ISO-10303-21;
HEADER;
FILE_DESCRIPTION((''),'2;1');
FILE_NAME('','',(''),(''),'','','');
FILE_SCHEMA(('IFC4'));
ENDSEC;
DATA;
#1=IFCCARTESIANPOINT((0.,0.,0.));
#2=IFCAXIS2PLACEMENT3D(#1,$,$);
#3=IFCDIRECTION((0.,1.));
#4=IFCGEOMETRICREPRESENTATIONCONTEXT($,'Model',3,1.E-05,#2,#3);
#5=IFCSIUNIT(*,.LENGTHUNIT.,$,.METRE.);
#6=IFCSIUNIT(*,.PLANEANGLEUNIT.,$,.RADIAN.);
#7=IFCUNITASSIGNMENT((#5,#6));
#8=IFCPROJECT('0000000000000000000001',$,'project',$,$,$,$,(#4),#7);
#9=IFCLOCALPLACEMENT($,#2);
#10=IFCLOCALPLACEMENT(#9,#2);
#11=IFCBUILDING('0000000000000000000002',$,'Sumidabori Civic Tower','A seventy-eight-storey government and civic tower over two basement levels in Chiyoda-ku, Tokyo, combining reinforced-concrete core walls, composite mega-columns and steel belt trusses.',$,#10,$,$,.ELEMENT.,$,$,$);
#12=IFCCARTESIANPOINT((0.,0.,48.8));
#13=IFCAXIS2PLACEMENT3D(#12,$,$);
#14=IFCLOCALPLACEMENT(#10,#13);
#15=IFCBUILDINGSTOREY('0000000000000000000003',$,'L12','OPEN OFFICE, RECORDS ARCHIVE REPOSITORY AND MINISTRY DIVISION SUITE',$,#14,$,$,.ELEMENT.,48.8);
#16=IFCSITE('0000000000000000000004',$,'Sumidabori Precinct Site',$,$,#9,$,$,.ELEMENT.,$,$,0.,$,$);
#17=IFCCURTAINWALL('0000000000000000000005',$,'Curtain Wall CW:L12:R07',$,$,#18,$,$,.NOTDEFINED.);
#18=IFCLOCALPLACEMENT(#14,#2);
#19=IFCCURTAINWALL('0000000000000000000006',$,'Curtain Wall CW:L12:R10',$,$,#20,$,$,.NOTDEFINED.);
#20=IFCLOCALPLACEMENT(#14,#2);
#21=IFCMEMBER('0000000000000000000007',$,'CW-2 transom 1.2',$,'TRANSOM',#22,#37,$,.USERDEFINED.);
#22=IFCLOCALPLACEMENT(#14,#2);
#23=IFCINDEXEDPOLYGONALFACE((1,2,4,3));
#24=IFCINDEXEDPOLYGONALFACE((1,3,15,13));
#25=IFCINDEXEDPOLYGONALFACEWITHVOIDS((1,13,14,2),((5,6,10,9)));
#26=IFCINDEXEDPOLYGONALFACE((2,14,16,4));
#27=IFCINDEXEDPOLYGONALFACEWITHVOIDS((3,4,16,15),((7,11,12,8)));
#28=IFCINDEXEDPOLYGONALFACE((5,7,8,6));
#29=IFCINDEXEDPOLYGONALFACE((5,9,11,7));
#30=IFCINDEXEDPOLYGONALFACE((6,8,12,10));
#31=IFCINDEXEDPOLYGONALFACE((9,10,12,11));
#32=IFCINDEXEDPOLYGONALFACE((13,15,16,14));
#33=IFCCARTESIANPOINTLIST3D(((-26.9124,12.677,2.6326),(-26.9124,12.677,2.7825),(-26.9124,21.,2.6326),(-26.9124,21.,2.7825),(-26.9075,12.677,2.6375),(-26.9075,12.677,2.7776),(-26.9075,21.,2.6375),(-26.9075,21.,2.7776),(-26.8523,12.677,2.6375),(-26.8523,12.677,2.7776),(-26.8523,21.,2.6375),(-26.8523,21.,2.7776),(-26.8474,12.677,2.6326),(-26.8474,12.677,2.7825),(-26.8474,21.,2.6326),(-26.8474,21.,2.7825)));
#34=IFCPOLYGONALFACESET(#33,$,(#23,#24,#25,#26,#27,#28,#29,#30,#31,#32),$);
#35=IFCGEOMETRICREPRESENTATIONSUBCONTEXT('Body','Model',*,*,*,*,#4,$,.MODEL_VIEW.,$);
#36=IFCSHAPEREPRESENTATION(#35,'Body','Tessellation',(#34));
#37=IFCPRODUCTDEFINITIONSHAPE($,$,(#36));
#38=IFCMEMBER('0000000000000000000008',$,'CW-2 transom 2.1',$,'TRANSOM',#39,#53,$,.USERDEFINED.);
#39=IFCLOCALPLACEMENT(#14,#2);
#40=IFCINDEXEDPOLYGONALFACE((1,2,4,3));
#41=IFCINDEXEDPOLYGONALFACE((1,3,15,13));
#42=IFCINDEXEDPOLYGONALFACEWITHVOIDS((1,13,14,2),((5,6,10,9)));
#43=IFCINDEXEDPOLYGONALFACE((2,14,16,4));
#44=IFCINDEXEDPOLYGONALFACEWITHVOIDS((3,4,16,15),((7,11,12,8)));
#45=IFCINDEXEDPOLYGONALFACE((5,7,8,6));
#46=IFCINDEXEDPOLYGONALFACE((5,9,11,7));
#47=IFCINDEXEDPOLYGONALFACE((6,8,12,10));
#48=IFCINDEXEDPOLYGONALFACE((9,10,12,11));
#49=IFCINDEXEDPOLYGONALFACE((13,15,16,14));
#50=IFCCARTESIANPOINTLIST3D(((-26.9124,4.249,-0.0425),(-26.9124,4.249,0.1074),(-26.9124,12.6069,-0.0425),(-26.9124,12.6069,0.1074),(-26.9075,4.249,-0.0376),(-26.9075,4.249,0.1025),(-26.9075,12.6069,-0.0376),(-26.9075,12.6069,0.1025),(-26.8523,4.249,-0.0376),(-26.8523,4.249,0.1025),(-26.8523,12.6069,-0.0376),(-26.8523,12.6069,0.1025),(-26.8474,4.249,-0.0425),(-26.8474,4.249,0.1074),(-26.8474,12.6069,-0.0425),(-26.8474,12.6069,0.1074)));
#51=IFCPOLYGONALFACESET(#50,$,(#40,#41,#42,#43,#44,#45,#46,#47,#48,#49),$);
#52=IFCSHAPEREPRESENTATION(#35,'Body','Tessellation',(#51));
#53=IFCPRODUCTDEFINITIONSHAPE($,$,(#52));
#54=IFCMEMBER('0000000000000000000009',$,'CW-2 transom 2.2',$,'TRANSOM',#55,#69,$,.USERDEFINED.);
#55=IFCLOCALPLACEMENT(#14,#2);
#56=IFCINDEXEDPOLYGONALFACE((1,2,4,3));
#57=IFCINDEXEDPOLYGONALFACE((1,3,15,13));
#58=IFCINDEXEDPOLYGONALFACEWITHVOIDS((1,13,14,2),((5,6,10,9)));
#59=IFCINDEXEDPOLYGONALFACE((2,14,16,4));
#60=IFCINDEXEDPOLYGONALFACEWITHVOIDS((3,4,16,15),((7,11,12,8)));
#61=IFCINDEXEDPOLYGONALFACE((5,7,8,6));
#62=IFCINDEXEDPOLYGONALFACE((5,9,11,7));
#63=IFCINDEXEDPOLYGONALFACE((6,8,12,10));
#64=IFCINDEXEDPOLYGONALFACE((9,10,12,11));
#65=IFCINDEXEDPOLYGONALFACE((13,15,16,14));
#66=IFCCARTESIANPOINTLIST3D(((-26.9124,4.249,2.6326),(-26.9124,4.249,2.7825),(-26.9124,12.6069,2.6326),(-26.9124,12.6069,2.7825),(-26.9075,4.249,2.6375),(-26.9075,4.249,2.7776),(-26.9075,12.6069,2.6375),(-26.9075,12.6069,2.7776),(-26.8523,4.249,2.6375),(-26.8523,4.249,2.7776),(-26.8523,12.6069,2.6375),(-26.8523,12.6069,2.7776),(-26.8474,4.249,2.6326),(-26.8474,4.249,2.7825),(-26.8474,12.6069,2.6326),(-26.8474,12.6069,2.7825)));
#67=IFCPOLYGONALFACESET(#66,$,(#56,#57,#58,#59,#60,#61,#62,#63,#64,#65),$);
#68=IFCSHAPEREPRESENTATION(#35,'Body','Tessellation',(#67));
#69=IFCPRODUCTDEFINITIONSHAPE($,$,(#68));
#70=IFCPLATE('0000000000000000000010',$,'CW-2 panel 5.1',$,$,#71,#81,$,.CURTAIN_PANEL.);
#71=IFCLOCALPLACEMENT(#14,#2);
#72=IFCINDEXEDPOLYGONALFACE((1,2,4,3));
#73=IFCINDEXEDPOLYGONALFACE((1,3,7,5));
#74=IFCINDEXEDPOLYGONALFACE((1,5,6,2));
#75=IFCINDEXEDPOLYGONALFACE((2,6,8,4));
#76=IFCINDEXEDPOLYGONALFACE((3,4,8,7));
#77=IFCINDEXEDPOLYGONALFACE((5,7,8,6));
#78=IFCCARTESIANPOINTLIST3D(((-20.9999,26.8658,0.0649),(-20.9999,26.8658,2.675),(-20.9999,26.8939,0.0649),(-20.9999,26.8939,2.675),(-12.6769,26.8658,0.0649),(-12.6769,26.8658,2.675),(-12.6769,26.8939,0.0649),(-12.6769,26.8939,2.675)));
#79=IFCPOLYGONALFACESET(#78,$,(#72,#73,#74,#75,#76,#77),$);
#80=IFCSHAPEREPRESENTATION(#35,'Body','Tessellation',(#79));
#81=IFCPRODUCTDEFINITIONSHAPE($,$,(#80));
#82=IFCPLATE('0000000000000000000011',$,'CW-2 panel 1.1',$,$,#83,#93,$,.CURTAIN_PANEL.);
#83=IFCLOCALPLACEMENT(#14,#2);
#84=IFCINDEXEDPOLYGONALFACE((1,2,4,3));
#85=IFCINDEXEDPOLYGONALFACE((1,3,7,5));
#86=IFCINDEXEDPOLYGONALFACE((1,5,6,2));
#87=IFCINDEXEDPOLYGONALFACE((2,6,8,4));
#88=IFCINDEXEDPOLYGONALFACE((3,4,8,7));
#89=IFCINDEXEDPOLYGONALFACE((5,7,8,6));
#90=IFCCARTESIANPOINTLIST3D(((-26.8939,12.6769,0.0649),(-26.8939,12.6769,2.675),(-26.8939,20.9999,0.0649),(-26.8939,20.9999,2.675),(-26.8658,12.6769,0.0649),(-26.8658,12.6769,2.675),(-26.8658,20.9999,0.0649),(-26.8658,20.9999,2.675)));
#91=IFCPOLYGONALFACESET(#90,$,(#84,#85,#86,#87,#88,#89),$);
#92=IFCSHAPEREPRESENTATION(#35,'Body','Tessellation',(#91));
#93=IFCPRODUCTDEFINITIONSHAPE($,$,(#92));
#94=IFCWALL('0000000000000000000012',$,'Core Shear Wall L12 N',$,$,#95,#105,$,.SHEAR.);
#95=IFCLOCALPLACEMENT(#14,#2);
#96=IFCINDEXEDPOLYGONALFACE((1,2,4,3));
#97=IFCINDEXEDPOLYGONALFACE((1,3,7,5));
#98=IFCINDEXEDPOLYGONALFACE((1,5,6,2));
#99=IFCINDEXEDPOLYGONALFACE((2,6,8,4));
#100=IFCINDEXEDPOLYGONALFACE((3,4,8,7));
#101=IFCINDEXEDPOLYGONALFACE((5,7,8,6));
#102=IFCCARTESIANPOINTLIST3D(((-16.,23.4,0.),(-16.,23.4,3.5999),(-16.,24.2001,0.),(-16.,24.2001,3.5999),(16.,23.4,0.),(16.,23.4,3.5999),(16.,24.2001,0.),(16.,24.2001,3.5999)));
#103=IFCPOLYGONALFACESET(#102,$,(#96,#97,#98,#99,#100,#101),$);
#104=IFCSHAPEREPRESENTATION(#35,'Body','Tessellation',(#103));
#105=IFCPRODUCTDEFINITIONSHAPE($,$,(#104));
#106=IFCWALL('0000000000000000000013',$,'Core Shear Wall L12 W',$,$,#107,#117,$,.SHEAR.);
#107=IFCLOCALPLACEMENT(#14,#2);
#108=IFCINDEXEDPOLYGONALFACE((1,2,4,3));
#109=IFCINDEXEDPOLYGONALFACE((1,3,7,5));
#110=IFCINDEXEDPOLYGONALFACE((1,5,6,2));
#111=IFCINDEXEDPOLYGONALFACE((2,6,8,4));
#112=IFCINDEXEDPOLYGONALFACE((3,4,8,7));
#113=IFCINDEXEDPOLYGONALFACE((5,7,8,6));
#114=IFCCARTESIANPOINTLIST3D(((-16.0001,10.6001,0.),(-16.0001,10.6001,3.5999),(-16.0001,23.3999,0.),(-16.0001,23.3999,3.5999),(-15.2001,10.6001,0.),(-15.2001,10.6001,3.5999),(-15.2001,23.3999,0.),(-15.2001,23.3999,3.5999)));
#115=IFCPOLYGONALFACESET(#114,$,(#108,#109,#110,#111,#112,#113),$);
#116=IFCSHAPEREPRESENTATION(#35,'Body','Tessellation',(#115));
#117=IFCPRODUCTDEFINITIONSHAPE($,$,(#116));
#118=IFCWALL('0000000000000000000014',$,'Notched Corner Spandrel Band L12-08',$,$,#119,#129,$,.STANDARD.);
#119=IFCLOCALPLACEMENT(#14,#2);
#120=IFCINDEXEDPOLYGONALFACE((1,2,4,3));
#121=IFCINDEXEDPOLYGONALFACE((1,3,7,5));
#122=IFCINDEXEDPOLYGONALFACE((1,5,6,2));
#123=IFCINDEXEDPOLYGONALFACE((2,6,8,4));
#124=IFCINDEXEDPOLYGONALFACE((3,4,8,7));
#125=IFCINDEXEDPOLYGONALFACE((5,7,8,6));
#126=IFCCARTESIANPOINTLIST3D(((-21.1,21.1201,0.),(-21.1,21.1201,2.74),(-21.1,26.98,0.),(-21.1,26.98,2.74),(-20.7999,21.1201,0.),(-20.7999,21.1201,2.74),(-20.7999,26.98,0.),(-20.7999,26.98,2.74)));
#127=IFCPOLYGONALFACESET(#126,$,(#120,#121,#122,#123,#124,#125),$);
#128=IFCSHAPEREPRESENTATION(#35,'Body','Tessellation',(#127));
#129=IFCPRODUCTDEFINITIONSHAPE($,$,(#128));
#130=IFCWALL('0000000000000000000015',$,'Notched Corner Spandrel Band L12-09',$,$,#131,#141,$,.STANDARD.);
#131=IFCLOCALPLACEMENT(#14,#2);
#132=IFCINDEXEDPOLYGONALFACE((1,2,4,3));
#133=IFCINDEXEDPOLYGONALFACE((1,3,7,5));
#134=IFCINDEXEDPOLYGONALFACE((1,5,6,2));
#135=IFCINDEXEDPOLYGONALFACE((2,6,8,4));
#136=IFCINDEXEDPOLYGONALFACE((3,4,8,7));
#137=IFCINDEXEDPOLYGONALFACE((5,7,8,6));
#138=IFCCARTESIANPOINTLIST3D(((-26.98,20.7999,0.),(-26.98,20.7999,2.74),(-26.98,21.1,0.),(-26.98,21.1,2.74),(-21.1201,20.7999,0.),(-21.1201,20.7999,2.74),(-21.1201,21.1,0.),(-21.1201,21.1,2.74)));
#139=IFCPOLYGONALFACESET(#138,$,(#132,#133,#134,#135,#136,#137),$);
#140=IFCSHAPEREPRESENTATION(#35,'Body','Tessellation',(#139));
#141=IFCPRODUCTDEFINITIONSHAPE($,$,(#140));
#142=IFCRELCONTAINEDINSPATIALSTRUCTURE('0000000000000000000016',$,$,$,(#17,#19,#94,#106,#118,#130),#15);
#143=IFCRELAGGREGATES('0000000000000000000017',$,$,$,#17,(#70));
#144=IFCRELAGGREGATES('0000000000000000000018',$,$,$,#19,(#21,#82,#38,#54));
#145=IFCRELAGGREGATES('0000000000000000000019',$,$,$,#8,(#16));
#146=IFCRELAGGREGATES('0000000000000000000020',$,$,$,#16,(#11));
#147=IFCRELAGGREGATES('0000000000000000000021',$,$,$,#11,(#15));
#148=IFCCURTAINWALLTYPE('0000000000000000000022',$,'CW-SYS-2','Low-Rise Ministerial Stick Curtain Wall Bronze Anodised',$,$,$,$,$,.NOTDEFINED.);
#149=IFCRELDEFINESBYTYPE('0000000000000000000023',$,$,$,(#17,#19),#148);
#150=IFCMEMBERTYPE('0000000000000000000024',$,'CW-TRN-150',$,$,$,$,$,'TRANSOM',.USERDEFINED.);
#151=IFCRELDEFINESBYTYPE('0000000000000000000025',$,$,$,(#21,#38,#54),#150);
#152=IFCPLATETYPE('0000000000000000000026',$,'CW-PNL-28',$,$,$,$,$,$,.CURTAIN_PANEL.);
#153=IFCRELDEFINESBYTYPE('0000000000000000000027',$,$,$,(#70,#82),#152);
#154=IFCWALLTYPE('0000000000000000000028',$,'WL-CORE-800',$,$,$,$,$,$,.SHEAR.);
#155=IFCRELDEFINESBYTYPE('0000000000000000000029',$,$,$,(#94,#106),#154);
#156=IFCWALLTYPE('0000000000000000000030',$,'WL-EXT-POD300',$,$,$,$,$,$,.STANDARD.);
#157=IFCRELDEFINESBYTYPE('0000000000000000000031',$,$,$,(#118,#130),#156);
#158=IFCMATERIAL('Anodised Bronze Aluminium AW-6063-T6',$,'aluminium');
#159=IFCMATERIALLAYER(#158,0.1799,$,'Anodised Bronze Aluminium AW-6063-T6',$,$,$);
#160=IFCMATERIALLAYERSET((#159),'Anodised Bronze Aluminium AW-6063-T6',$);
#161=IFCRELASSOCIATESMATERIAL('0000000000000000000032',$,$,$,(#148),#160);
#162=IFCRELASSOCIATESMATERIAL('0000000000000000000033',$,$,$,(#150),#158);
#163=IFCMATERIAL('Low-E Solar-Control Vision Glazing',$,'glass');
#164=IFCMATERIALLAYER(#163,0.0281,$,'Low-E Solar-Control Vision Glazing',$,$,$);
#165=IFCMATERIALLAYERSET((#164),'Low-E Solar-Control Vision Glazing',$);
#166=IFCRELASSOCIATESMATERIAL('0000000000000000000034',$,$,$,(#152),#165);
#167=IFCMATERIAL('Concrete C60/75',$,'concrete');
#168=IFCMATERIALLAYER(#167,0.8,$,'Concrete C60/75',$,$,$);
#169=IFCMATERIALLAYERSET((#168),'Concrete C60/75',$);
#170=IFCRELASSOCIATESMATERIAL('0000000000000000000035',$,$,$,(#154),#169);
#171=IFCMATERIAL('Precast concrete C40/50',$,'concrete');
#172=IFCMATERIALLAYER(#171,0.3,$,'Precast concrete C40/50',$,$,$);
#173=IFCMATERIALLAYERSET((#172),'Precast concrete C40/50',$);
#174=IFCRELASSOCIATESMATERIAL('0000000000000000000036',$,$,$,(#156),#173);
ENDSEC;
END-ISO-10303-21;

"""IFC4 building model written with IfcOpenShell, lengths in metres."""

from ifc_helpers import new_model, si_unit, direction, frame, frame_2d, origin, origin_2d, place, context, subcontext, project, spatial, rectangle, hollow_rectangle, extrude, source, transform, mapped, material, layer, layer_set, material_profile, profile_set, type_object, element, aggregate, save


model = new_model("IFC4")

# Units and contexts
model_context = context("Model", 3, precision=1e-05, world=origin(), true_north=direction((0.0, 1.0)))
body_context = subcontext(model_context, "Body", "Model", "MODEL_VIEW")
ifc_project = project(units=[si_unit("LENGTHUNIT", "METRE"), si_unit("PLANEANGLEUNIT", "RADIAN")], contexts=[model_context])

# Site, building, storey
site_placement = place(None, origin())
site = spatial("IfcSite", under=ifc_project, at=site_placement, Name="Sumidabori Precinct Site", CompositionType="ELEMENT", RefElevation=0.0)
building_placement = place(site_placement, origin())
building = spatial("IfcBuilding", under=site, at=building_placement, Name="Sumidabori Civic Tower", Description="A seventy-eight-storey government and civic tower over two basement levels in Chiyoda-ku, Tokyo, combining reinforced-concrete core walls, composite mega-columns and steel belt trusses.", CompositionType="ELEMENT")
storey_placement = place(building_placement, frame((0.0, 0.0, 48.8)))
storey = spatial("IfcBuildingStorey", under=building, at=storey_placement, Name="L12", Description="OPEN OFFICE, RECORDS ARCHIVE REPOSITORY AND MINISTRY DIVISION SUITE", CompositionType="ELEMENT", Elevation=48.8)

# Shared definitions
ifc_material_1 = material(Name="Concrete C60/75", Category="concrete")

# Curtain wall
ifc_material_2 = material(Name="Anodised Bronze Aluminium AW-6063-T6", Category="aluminium")
ifc_layer_1 = layer(ifc_material_2, 0.1799, Name="Anodised Bronze Aluminium AW-6063-T6")
ifc_layer_set_1 = layer_set([ifc_layer_1], Name="Anodised Bronze Aluminium AW-6063-T6")
curtain_wall_type = type_object("IfcCurtainWallType", Name="CW-SYS-2", Description="Low-Rise Ministerial Stick Curtain Wall Bronze Anodised", PredefinedType="NOTDEFINED", material=ifc_layer_set_1)
curtain_wall_1_placement = place(storey_placement, origin())
curtain_wall_1 = element("IfcCurtainWall", 1, at=curtain_wall_1_placement, inside=storey, type_object=curtain_wall_type, Name="Curtain Wall CW:L12:R07", PredefinedType="NOTDEFINED")

# Curtain wall, members
curtain_wall_2_placement = place(storey_placement, origin())
curtain_wall_2 = element("IfcCurtainWall", 2, at=curtain_wall_2_placement, inside=storey, type_object=curtain_wall_type, Name="Curtain Wall CW:L12:R10", PredefinedType="NOTDEFINED")
ifc_material_profile_1 = material_profile(ifc_material_2, hollow_rectangle(XDim=0.0649, YDim=0.1499, WallThickness=0.0049, at=origin_2d()), Name="ALU TRANSOM 150x65")
ifc_profile_set_1 = profile_set([ifc_material_profile_1], Name="Anodised Bronze Aluminium AW-6063-T6")
member_type_1 = type_object("IfcMemberType", Name="CW-TRN-150", ElementType="TRANSOM", PredefinedType="USERDEFINED", material=ifc_profile_set_1)
shared_shape_1 = source(origin(), body_context, "Body", "SweptSolid", [
    extrude(hollow_rectangle(XDim=0.0649, YDim=0.1499, WallThickness=0.0049, at=origin_2d()), origin(), (0.0, 0.0, 1.0), 8.323),
])
member_1_placement = place(storey_placement, frame((-26.8799, 21.0, 2.7075), z_axis=(0.0, -1.0, 0.0), x_axis=(1.0, 0.0, 0.0)))
member_1 = element("IfcMember", 3, at=member_1_placement, type_object=member_type_1, Name="CW-2 transom 1.2", ObjectType="TRANSOM", PredefinedType="USERDEFINED", context=body_context, shape_type="MappedRepresentation", body=[
    mapped(shared_shape_1, transform((0.0, 0.0, 0.0), x_axis=(1.0, 0.0, 0.0), y_axis=(0.0, 1.0, 0.0), z_axis=(0.0, 0.0, 1.0), scale=1.0)),
])
shared_shape_2 = source(origin(), body_context, "Body", "SweptSolid", [
    extrude(hollow_rectangle(XDim=0.0649, YDim=0.1499, WallThickness=0.0049, at=origin_2d()), origin(), (0.0, 0.0, 1.0), 8.3579),
])
member_2_placement = place(storey_placement, frame((-26.8799, 12.6069, 0.0325), z_axis=(0.0, -1.0, 0.0), x_axis=(1.0, 0.0, 0.0)))
member_2 = element("IfcMember", 4, at=member_2_placement, type_object=member_type_1, Name="CW-2 transom 2.1", ObjectType="TRANSOM", PredefinedType="USERDEFINED", context=body_context, shape_type="MappedRepresentation", body=[
    mapped(shared_shape_2, transform((0.0, 0.0, 0.0), x_axis=(1.0, 0.0, 0.0), y_axis=(0.0, 1.0, 0.0), z_axis=(0.0, 0.0, 1.0), scale=1.0)),
])
member_3_placement = place(storey_placement, frame((-26.8799, 12.6069, 2.7075), z_axis=(0.0, -1.0, 0.0), x_axis=(1.0, 0.0, 0.0)))
member_3 = element("IfcMember", 5, at=member_3_placement, type_object=member_type_1, Name="CW-2 transom 2.2", ObjectType="TRANSOM", PredefinedType="USERDEFINED", context=body_context, shape_type="MappedRepresentation", body=[
    mapped(shared_shape_2, transform((0.0, 0.0, 0.0), x_axis=(1.0, 0.0, 0.0), y_axis=(0.0, 1.0, 0.0), z_axis=(0.0, 0.0, 1.0), scale=1.0)),
])

# Plates
ifc_material_3 = material(Name="Low-E Solar-Control Vision Glazing", Category="glass")
ifc_layer_2 = layer(ifc_material_3, 0.0281, Name="Low-E Solar-Control Vision Glazing")
ifc_layer_set_2 = layer_set([ifc_layer_2], Name="Low-E Solar-Control Vision Glazing")
plate_type = type_object("IfcPlateType", Name="CW-PNL-28", PredefinedType="CURTAIN_PANEL", material=ifc_layer_set_2)
shared_shape_3 = source(origin(), body_context, "Body", "SweptSolid", [
    extrude(rectangle(XDim=8.323, YDim=0.0281, at=origin_2d()), origin(), (0.0, 0.0, 1.0), 2.6101),
])
plate_1_placement = place(storey_placement, frame((-16.8384, 26.8799, 0.0649), z_axis=(0.0, 0.0, 1.0), x_axis=(-1.0, 0.0, 0.0)))
plate_1 = element("IfcPlate", 6, at=plate_1_placement, type_object=plate_type, Name="CW-2 panel 5.1", PredefinedType="CURTAIN_PANEL", context=body_context, shape_type="MappedRepresentation", body=[
    mapped(shared_shape_3, transform((0.0, 0.0, 0.0), x_axis=(1.0, 0.0, 0.0), y_axis=(0.0, 1.0, 0.0), z_axis=(0.0, 0.0, 1.0), scale=1.0)),
])
aggregate(curtain_wall_1, [plate_1])
plate_2_placement = place(storey_placement, frame((-26.8799, 16.8384, 0.0649), z_axis=(0.0, 0.0, 1.0), x_axis=(0.0, -1.0, 0.0)))
plate_2 = element("IfcPlate", 7, at=plate_2_placement, type_object=plate_type, Name="CW-2 panel 1.1", PredefinedType="CURTAIN_PANEL", context=body_context, shape_type="MappedRepresentation", body=[
    mapped(shared_shape_3, transform((0.0, 0.0, 0.0), x_axis=(1.0, 0.0, 0.0), y_axis=(0.0, 1.0, 0.0), z_axis=(0.0, 0.0, 1.0), scale=1.0)),
])
aggregate(curtain_wall_2, [member_1, plate_2, member_2, member_3])

# Wall
ifc_layer_3 = layer(ifc_material_1, 0.8, Name="Concrete C60/75")
ifc_layer_set_3 = layer_set([ifc_layer_3], Name="Concrete C60/75")
wall_type_1 = type_object("IfcWallType", Name="WL-CORE-800", PredefinedType="SHEAR", material=ifc_layer_set_3)
shared_shape_4 = source(origin(), body_context, "Body", "SweptSolid", [
    extrude(rectangle(XDim=32.0, YDim=0.8, at=frame_2d((16.0, 0.0))), origin(), (0.0, 0.0, 1.0), 3.5999),
])
wall_1_placement = place(storey_placement, frame((-16.0, 23.8, 0.0), z_axis=(0.0, 0.0, 1.0), x_axis=(1.0, 0.0, 0.0)))
element("IfcWall", 8, at=wall_1_placement, inside=storey, type_object=wall_type_1, Name="Core Shear Wall L12 N", PredefinedType="SHEAR", context=body_context, shape_type="MappedRepresentation", body=[
    mapped(shared_shape_4, transform((0.0, 0.0, 0.0), x_axis=(1.0, 0.0, 0.0), y_axis=(0.0, 1.0, 0.0), z_axis=(0.0, 0.0, 1.0), scale=1.0)),
])

# Walls
shared_shape_5 = source(origin(), body_context, "Body", "SweptSolid", [
    extrude(rectangle(XDim=12.7998, YDim=0.8, at=frame_2d((6.3999, 0.0))), origin(), (0.0, 0.0, 1.0), 3.5999),
])
wall_2_placement = place(storey_placement, frame((-15.6001, 10.6001, 0.0), z_axis=(0.0, 0.0, 1.0), x_axis=(0.0, 1.0, 0.0)))
element("IfcWall", 9, at=wall_2_placement, inside=storey, type_object=wall_type_1, Name="Core Shear Wall L12 W", PredefinedType="SHEAR", context=body_context, shape_type="MappedRepresentation", body=[
    mapped(shared_shape_5, transform((0.0, 0.0, 0.0), x_axis=(1.0, 0.0, 0.0), y_axis=(0.0, 1.0, 0.0), z_axis=(0.0, 0.0, 1.0), scale=1.0)),
])
ifc_material_4 = material(Name="Precast concrete C40/50", Category="concrete")
ifc_layer_4 = layer(ifc_material_4, 0.3, Name="Precast concrete C40/50")
ifc_layer_set_4 = layer_set([ifc_layer_4], Name="Precast concrete C40/50")
wall_type_2 = type_object("IfcWallType", Name="WL-EXT-POD300", PredefinedType="STANDARD", material=ifc_layer_set_4)
shared_shape_6 = source(origin(), body_context, "Body", "SweptSolid", [
    extrude(rectangle(XDim=5.8599, YDim=0.3, at=frame_2d((2.9299, 0.0))), origin(), (0.0, 0.0, 1.0), 2.74),
])
for number, where, z_axis, x_axis, name in (
    (10, (-20.95, 26.98, 0.0), (0.0, 0.0, 1.0), (0.0, -1.0, 0.0), "Notched Corner Spandrel Band L12-08"),
    (11, (-21.1201, 20.95, 0.0), (0.0, 0.0, 1.0), (-1.0, 0.0, 0.0), "Notched Corner Spandrel Band L12-09"),
):
    element("IfcWall", number, at=place(storey_placement, frame(where, z_axis=z_axis, x_axis=x_axis)), inside=storey, type_object=wall_type_2, Name=name, PredefinedType="STANDARD", context=body_context, shape_type="MappedRepresentation", body=[
        mapped(shared_shape_6, transform((0.0, 0.0, 0.0), x_axis=(1.0, 0.0, 0.0), y_axis=(0.0, 1.0, 0.0), z_axis=(0.0, 0.0, 1.0), scale=1.0)),
    ])

save(model, "model.ifc")
